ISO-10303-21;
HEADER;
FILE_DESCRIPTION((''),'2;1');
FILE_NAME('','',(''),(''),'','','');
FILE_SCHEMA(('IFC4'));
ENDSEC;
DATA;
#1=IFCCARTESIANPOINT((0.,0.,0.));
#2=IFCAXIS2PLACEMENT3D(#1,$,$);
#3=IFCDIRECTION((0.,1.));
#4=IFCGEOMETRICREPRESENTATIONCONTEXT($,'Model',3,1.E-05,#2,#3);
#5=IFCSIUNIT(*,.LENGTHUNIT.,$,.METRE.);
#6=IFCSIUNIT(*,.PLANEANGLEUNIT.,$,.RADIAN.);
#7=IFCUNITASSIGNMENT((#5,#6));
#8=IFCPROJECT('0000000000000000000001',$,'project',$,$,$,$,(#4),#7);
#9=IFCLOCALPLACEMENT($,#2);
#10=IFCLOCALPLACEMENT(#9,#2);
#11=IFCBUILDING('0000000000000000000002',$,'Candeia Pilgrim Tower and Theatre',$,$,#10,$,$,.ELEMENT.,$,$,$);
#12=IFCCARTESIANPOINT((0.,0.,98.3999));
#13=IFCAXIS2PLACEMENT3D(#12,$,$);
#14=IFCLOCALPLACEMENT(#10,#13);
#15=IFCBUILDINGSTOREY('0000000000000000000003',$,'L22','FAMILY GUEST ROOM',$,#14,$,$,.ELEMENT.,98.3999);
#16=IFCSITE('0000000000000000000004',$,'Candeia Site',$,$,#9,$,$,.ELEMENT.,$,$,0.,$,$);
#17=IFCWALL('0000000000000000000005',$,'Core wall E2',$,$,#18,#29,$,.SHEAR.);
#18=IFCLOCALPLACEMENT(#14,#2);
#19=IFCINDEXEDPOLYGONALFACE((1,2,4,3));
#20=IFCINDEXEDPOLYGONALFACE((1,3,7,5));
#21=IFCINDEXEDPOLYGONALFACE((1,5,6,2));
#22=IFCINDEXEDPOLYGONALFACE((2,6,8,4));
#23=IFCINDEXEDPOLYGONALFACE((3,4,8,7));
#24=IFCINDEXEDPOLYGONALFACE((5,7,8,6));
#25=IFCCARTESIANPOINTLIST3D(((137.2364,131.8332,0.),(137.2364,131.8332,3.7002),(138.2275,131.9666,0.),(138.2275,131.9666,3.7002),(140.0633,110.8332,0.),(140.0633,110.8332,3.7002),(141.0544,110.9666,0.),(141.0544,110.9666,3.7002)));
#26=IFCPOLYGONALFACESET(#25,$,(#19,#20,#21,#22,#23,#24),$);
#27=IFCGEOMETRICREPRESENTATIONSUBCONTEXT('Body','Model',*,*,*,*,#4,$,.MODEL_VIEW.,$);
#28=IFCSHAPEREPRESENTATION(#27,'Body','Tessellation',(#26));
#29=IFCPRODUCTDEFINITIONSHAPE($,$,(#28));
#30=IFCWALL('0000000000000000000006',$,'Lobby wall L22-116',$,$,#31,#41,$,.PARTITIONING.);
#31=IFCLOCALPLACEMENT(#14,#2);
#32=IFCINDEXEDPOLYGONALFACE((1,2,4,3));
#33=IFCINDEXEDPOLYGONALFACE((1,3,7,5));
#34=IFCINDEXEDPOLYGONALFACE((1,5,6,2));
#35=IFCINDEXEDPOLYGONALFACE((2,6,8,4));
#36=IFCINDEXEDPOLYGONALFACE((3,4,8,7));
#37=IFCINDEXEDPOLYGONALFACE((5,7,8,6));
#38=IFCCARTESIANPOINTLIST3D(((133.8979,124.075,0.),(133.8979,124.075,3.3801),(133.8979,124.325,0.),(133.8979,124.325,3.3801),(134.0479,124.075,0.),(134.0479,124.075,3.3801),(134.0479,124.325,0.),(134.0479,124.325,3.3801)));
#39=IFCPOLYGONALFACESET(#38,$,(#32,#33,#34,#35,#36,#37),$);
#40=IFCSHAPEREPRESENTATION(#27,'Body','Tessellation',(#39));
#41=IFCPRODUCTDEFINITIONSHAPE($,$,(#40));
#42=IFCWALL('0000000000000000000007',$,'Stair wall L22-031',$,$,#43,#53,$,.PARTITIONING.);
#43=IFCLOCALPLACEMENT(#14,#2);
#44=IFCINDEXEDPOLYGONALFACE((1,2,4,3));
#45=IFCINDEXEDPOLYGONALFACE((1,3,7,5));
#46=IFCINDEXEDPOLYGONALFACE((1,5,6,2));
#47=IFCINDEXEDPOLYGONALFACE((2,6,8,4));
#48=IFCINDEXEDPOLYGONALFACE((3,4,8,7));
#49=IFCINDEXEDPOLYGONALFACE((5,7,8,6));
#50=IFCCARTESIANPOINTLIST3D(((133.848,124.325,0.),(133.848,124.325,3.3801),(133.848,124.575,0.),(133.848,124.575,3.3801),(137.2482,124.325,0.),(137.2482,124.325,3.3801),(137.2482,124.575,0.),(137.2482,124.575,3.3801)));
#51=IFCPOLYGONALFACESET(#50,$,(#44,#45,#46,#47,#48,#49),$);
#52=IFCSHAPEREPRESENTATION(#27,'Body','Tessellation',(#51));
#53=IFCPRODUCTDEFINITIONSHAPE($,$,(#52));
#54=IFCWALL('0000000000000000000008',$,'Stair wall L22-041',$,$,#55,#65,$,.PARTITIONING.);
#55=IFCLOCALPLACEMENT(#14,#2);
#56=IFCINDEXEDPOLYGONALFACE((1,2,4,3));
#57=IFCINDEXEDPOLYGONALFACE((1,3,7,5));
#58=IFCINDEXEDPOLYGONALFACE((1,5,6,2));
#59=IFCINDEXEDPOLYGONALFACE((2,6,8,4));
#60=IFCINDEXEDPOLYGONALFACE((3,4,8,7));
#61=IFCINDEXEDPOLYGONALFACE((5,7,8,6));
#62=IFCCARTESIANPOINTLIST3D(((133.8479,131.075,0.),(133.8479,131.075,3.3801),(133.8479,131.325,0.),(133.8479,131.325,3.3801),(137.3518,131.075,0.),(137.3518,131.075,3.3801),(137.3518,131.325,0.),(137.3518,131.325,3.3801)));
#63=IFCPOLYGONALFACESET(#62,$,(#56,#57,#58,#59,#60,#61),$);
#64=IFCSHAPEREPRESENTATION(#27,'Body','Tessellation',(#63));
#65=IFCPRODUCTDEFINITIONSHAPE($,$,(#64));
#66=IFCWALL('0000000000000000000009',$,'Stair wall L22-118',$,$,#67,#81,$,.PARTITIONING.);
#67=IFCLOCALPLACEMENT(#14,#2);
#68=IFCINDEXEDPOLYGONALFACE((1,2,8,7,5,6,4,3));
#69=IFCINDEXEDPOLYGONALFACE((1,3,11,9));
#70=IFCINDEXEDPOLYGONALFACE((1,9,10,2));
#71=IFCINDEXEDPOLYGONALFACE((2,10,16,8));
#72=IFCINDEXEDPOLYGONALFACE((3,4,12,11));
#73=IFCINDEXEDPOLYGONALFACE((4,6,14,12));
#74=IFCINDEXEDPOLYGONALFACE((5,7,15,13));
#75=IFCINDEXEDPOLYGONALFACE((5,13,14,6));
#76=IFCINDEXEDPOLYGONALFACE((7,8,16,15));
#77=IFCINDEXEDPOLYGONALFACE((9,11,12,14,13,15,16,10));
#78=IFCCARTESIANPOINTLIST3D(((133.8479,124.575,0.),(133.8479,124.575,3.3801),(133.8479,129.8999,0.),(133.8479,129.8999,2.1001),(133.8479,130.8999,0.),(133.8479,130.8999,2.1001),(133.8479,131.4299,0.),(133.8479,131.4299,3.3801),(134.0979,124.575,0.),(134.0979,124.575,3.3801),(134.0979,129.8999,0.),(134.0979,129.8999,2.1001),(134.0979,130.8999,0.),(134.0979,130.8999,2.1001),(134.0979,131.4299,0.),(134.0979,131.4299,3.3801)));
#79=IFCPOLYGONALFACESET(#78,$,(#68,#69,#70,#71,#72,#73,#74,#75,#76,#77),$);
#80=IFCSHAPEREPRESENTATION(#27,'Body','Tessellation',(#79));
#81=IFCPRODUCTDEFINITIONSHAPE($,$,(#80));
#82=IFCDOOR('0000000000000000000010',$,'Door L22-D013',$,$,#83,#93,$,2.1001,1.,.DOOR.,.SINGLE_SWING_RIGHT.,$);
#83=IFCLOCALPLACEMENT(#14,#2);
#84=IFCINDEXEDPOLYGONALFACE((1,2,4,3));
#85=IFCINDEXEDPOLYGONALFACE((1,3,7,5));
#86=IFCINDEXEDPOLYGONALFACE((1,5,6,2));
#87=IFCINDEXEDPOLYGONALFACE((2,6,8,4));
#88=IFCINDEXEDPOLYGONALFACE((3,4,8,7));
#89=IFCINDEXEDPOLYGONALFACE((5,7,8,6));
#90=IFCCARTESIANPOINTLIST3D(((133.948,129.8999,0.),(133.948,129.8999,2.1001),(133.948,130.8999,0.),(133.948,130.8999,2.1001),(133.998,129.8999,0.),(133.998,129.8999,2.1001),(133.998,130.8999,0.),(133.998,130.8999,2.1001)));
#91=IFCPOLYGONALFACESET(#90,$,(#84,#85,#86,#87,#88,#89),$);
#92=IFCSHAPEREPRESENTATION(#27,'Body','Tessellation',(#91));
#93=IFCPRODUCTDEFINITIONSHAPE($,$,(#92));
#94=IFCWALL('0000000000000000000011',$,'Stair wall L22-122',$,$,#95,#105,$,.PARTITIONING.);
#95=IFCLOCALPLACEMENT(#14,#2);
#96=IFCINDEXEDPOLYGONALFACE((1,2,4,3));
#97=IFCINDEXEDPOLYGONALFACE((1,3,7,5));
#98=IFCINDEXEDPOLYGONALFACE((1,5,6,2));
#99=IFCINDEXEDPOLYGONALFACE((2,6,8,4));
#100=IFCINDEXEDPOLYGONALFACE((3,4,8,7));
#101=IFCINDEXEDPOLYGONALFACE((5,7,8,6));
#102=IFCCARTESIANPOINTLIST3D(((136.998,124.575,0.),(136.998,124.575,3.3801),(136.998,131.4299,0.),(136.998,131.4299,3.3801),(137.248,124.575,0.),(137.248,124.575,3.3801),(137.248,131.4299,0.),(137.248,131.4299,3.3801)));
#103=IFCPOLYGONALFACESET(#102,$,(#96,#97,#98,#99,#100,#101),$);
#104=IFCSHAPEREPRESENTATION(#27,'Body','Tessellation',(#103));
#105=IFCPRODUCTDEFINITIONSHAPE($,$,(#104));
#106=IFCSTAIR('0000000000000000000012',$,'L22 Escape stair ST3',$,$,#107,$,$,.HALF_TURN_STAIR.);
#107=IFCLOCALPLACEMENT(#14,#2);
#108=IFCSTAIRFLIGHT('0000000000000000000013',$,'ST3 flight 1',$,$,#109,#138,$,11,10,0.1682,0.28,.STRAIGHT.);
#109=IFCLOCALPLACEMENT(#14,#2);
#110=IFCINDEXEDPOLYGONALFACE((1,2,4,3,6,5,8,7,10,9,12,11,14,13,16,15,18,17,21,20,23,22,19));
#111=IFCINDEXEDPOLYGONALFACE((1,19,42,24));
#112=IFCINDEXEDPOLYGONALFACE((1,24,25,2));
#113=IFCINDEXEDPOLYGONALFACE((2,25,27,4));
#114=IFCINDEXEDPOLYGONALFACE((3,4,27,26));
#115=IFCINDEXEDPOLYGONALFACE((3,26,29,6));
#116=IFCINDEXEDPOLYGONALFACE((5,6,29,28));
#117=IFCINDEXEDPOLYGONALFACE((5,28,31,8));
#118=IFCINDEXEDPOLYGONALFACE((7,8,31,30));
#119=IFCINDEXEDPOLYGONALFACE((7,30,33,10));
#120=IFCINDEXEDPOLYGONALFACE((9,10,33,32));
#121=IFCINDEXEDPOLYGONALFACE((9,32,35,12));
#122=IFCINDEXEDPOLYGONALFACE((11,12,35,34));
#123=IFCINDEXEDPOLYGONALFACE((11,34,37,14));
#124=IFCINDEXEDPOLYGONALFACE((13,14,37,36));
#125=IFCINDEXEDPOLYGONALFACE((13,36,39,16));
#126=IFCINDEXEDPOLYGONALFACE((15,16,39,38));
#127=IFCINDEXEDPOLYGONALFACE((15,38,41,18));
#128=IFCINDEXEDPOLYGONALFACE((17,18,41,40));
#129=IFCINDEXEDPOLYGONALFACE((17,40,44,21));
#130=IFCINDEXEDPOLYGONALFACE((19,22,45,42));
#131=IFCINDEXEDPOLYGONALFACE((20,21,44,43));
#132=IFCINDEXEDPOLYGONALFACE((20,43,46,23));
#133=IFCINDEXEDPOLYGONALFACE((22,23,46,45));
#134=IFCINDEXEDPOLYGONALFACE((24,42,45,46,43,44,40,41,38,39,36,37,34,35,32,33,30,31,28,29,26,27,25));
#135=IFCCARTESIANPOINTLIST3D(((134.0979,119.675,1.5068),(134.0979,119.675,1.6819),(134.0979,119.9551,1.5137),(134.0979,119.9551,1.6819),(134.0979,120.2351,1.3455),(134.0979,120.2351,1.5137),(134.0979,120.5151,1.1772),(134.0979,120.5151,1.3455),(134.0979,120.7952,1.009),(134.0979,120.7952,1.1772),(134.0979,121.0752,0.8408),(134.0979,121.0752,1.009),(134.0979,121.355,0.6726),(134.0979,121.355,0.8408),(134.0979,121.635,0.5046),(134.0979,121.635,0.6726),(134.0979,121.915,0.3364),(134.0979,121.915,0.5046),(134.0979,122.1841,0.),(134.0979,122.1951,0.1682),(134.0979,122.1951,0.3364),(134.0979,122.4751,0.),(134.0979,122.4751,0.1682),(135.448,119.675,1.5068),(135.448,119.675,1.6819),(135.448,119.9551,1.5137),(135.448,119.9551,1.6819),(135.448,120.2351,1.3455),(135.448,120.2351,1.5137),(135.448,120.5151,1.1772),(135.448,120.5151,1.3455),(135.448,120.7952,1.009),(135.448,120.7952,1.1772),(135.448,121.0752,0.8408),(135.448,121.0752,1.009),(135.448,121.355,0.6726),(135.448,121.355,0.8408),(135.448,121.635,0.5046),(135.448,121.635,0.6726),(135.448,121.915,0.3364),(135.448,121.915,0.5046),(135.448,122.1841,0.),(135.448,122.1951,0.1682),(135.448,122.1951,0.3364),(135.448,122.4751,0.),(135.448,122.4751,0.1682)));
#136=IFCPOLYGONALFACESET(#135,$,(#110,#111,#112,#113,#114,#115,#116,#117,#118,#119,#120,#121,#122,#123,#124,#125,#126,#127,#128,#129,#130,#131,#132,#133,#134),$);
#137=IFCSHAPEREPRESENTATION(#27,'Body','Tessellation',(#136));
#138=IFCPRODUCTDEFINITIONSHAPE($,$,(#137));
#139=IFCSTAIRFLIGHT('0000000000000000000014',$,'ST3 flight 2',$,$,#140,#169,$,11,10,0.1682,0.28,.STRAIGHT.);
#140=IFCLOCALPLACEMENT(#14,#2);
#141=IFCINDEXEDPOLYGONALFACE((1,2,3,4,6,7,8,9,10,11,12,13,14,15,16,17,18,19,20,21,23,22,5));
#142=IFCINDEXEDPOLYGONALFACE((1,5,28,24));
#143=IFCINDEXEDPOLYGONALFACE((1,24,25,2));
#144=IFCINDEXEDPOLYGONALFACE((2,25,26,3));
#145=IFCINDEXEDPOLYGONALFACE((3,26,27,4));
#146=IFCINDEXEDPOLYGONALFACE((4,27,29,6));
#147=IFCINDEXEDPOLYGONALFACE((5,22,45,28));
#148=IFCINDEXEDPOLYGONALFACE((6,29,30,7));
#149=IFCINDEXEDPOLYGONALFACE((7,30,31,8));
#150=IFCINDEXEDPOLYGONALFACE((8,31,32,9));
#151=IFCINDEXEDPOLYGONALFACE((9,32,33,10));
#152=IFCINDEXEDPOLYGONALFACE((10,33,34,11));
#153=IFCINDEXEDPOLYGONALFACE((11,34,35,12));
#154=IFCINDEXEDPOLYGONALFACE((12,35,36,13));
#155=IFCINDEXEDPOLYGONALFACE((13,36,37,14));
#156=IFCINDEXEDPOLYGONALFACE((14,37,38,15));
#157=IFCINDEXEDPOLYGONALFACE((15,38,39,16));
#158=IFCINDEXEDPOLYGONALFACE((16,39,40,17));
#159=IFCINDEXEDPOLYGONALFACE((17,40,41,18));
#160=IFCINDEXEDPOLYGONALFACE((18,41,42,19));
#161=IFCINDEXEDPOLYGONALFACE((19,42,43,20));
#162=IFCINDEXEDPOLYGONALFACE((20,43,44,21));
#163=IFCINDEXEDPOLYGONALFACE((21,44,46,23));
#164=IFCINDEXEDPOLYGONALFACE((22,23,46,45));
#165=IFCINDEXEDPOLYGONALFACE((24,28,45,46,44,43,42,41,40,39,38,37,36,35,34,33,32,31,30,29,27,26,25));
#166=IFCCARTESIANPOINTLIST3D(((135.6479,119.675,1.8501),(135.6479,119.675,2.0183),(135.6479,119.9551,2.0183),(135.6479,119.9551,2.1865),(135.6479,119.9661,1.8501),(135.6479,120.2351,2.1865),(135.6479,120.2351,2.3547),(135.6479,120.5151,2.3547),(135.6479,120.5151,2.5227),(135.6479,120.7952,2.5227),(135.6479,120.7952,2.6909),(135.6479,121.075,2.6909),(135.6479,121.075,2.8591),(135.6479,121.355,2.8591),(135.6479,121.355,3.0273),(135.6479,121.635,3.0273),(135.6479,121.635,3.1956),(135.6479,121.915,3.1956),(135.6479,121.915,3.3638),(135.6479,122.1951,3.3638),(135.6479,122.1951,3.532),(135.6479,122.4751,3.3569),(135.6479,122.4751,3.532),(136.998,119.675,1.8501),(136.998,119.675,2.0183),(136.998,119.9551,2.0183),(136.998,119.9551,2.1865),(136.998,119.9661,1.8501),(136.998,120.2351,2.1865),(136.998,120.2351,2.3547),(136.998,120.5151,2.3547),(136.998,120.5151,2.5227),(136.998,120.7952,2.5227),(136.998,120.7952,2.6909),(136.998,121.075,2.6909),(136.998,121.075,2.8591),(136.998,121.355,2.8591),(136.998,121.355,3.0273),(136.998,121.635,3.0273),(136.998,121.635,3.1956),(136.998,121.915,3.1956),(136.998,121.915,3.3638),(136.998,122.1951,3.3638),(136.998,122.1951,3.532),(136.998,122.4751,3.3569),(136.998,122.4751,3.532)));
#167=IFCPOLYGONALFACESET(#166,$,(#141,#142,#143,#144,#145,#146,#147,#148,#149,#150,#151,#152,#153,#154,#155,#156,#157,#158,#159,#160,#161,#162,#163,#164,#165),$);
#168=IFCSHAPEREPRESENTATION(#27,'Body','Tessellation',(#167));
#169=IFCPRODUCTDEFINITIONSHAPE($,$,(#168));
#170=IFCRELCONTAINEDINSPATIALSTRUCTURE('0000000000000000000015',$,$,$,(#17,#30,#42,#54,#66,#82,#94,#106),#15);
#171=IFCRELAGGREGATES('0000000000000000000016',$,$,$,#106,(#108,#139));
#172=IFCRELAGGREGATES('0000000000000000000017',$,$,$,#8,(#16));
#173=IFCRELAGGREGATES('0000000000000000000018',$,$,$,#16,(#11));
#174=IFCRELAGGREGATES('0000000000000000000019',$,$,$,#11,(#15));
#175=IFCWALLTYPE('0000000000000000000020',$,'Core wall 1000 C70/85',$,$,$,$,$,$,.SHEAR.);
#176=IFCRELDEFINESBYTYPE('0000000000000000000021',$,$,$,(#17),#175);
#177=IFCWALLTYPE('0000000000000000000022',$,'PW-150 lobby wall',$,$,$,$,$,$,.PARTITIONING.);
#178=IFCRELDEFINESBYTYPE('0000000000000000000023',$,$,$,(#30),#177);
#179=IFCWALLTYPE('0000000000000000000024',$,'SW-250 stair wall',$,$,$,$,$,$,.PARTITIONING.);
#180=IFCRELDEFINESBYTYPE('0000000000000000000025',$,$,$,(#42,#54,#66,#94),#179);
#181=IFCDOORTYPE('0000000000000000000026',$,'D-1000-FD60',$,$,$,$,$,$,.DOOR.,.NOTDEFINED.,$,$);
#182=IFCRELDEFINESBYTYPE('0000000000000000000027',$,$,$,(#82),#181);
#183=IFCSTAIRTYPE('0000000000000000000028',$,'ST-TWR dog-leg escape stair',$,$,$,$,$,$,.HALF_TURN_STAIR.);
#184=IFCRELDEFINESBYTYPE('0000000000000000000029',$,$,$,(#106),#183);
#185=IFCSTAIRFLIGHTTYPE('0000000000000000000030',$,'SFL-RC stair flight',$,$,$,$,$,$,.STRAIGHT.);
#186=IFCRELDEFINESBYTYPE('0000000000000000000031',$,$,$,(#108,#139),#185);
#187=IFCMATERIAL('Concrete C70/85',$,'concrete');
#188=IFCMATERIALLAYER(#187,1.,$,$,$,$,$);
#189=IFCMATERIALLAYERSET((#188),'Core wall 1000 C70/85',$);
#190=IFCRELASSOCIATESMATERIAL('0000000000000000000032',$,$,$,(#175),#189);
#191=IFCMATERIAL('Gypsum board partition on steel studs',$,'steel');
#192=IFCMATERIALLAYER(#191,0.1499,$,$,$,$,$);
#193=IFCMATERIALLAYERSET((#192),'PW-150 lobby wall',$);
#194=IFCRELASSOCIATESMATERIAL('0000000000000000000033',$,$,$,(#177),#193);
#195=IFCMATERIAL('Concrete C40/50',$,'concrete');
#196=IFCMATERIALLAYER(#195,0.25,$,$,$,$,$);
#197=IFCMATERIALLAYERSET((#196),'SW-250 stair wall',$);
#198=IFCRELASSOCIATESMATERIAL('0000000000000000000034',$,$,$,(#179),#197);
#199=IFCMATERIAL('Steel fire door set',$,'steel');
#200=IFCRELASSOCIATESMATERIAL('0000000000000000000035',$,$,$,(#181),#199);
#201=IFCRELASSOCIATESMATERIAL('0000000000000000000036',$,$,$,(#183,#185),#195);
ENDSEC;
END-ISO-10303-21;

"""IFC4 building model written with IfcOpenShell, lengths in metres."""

from ifc_helpers import new_model, si_unit, direction, frame, frame_2d, origin, place, context, subcontext, project, spatial, polyline, rectangle, outline, extrude, material, layer, layer_set, type_object, element, fill, aggregate, save


model = new_model("IFC4")

# Units and contexts
model_context = context("Model", 3, precision=1e-05, world=origin(), true_north=direction((0.0, 1.0)))
body_context = subcontext(model_context, "Body", "Model", "MODEL_VIEW")
ifc_project = project(units=[si_unit("LENGTHUNIT", "METRE"), si_unit("PLANEANGLEUNIT", "RADIAN")], contexts=[model_context])

# Site, building, storey
site_placement = place(None, origin())
site = spatial("IfcSite", under=ifc_project, at=site_placement, Name="Candeia Site", CompositionType="ELEMENT", RefElevation=0.0)
building_placement = place(site_placement, origin())
building = spatial("IfcBuilding", under=site, at=building_placement, Name="Candeia Pilgrim Tower and Theatre", CompositionType="ELEMENT")
storey_placement = place(building_placement, frame((0.0, 0.0, 98.3999)))
storey = spatial("IfcBuildingStorey", under=building, at=storey_placement, Name="L22", Description="FAMILY GUEST ROOM", CompositionType="ELEMENT", Elevation=98.3999)

# Walls
ifc_material_1 = material(Name="Concrete C70/85", Category="concrete")
ifc_layer_1 = layer(ifc_material_1, 1.0)
ifc_layer_set_1 = layer_set([ifc_layer_1], Name="Core wall 1000 C70/85")
wall_type_1 = type_object("IfcWallType", Name="Core wall 1000 C70/85", PredefinedType="SHEAR", material=ifc_layer_set_1)
wall_1_placement = place(storey_placement, frame((137.7319, 131.8999, 0.0), z_axis=(0.0, 0.0, 1.0), x_axis=(0.133411, -0.991061, 0.0)))
element("IfcWall", 1, at=wall_1_placement, inside=storey, type_object=wall_type_1, Name="Core wall E2", PredefinedType="SHEAR", context=body_context, shape_type="SweptSolid", body=[
    extrude(rectangle(XDim=21.1895, YDim=1.0, at=frame_2d((10.5947, 0.0))), origin(), (0.0, 0.0, 1.0), 3.7002),
])
ifc_material_2 = material(Name="Gypsum board partition on steel studs", Category="steel")
ifc_layer_2 = layer(ifc_material_2, 0.1499)
ifc_layer_set_2 = layer_set([ifc_layer_2], Name="PW-150 lobby wall")
wall_type_2 = type_object("IfcWallType", Name="PW-150 lobby wall", PredefinedType="PARTITIONING", material=ifc_layer_set_2)
wall_2_placement = place(storey_placement, frame((133.9729, 124.075, 0.0), z_axis=(0.0, 0.0, 1.0), x_axis=(0.0, 1.0, 0.0)))
element("IfcWall", 2, at=wall_2_placement, inside=storey, type_object=wall_type_2, Name="Lobby wall L22-116", PredefinedType="PARTITIONING", context=body_context, shape_type="SweptSolid", body=[
    extrude(rectangle(XDim=0.25, YDim=0.1499, at=frame_2d((0.125, 0.0))), origin(), (0.0, 0.0, 1.0), 3.3801),
])
ifc_material_3 = material(Name="Concrete C40/50", Category="concrete")
ifc_layer_3 = layer(ifc_material_3, 0.25)
ifc_layer_set_3 = layer_set([ifc_layer_3], Name="SW-250 stair wall")
wall_type_3 = type_object("IfcWallType", Name="SW-250 stair wall", PredefinedType="PARTITIONING", material=ifc_layer_set_3)
wall_3_placement = place(storey_placement, frame((133.8479, 124.45, 0.0), z_axis=(0.0, 0.0, 1.0), x_axis=(1.0, 0.0, 0.0)))
element("IfcWall", 3, at=wall_3_placement, inside=storey, type_object=wall_type_3, Name="Stair wall L22-031", PredefinedType="PARTITIONING", context=body_context, shape_type="SweptSolid", body=[
    extrude(rectangle(XDim=3.4001, YDim=0.25, at=frame_2d((1.7002, 0.0))), origin(), (0.0, 0.0, 1.0), 3.3801),
])
wall_4_placement = place(storey_placement, frame((133.8479, 131.2, 0.0), z_axis=(0.0, 0.0, 1.0), x_axis=(1.0, 0.0, 0.0)))
element("IfcWall", 4, at=wall_4_placement, inside=storey, type_object=wall_type_3, Name="Stair wall L22-041", PredefinedType="PARTITIONING", context=body_context, shape_type="SweptSolid", body=[
    extrude(rectangle(XDim=3.5039, YDim=0.25, at=frame_2d((1.752, 0.0))), origin(), (0.0, 0.0, 1.0), 3.3801),
])

# Wall, opening, door
wall_5_placement = place(storey_placement, frame((133.9729, 124.575, 0.0), z_axis=(0.0, 0.0, 1.0), x_axis=(0.0, 1.0, 0.0)))
wall_5 = element("IfcWall", 5, at=wall_5_placement, inside=storey, type_object=wall_type_3, Name="Stair wall L22-118", PredefinedType="PARTITIONING", context=body_context, shape_type="SweptSolid", body=[
    extrude(rectangle(XDim=6.855, YDim=0.25, at=frame_2d((3.4275, 0.0))), origin(), (0.0, 0.0, 1.0), 3.3801),
])
opening_placement = place(wall_5_placement, frame((5.325, 0.0, 0.0)))
opening = element("IfcOpeningElement", 6, at=opening_placement, cuts=wall_5, PredefinedType="OPENING", context=body_context, shape_type="SweptSolid", body=[
    extrude(rectangle(XDim=1.0, YDim=2.1001, at=frame_2d((0.5, 1.05))), frame((0.0, 0.135, 0.0), z_axis=(0.0, -1.0, 0.0), x_axis=(1.0, 0.0, 0.0)), (0.0, 0.0, 1.0), 0.27),
])
ifc_material_4 = material(Name="Steel fire door set", Category="steel")
door_type = type_object("IfcDoorType", Name="D-1000-FD60", OperationType="NOTDEFINED", PredefinedType="DOOR", material=ifc_material_4)
door_placement = place(opening_placement, origin())
door = element("IfcDoor", 7, at=door_placement, inside=storey, type_object=door_type, Name="Door L22-D013", OperationType="SINGLE_SWING_RIGHT", OverallHeight=2.1001, OverallWidth=1.0, PredefinedType="DOOR", context=body_context, shape_type="SweptSolid", body=[
    extrude(rectangle(XDim=1.0, YDim=2.1001, at=frame_2d((0.5, 1.05))), frame((0.0, 0.0249, 0.0), z_axis=(0.0, -1.0, 0.0), x_axis=(1.0, 0.0, 0.0)), (0.0, 0.0, 1.0), 0.05),
])
fill(opening, door)

# Wall
wall_6_placement = place(storey_placement, frame((137.123, 124.575, 0.0), z_axis=(0.0, 0.0, 1.0), x_axis=(0.0, 1.0, 0.0)))
element("IfcWall", 8, at=wall_6_placement, inside=storey, type_object=wall_type_3, Name="Stair wall L22-122", PredefinedType="PARTITIONING", context=body_context, shape_type="SweptSolid", body=[
    extrude(rectangle(XDim=6.855, YDim=0.25, at=frame_2d((3.4275, 0.0))), origin(), (0.0, 0.0, 1.0), 3.3801),
])

# Stair, stair flights
stair_type = type_object("IfcStairType", Name="ST-TWR dog-leg escape stair", PredefinedType="HALF_TURN_STAIR", material=ifc_material_3)
stair_1_placement = place(storey_placement, origin())
stair_1 = element("IfcStair", 9, at=stair_1_placement, inside=storey, type_object=stair_type, Name="L22 Escape stair ST3", PredefinedType="HALF_TURN_STAIR")
stair_flight_type = type_object("IfcStairFlightType", Name="SFL-RC stair flight", PredefinedType="STRAIGHT", material=ifc_material_3)
stair_flight_1_placement = place(storey_placement, frame((134.7729, 122.4751, 0.0), z_axis=(0.0, 0.0, 1.0), x_axis=(0.0, -1.0, 0.0)))
stair_flight_1 = element("IfcStairFlight", 10, at=stair_flight_1_placement, type_object=stair_flight_type, Name="ST3 flight 1", NumberOfRisers=11, NumberOfTreads=10, PredefinedType="STRAIGHT", RiserHeight=0.1682, TreadLength=0.28, context=body_context, shape_type="SweptSolid", body=[
    extrude(outline(polyline([(0.0, 0.0), (0.0, 0.1682), (0.28, 0.1682), (0.28, 0.3364), (0.5601, 0.3364), (0.5601, 0.5046), (0.8401, 0.5046), (0.8401, 0.6726), (1.1201, 0.6726), (1.1201, 0.8408), (1.3999, 0.8408), (1.3999, 1.009), (1.6799, 1.009), (1.6799, 1.1772), (1.96, 1.1772), (1.96, 1.3455), (2.24, 1.3455), (2.24, 1.5137), (2.52, 1.5137), (2.52, 1.6819), (2.8, 1.6819), (2.8, 1.8501), (2.8, 1.5068), (0.291, 0.0), (0.0, 0.0)])), frame((0.0, 0.675, 0.0), z_axis=(0.0, -1.0, 0.0), x_axis=(1.0, 0.0, 0.0)), (0.0, 0.0, 1.0), 1.3501),
])
stair_flight_2_placement = place(storey_placement, frame((136.323, 119.675, 1.8501), z_axis=(0.0, 0.0, 1.0), x_axis=(0.0, 1.0, 0.0)))
stair_flight_2 = element("IfcStairFlight", 11, at=stair_flight_2_placement, type_object=stair_flight_type, Name="ST3 flight 2", NumberOfRisers=11, NumberOfTreads=10, PredefinedType="STRAIGHT", RiserHeight=0.1682, TreadLength=0.28, context=body_context, shape_type="SweptSolid", body=[
    extrude(outline(polyline([(0.0, 0.0), (0.0, 0.1682), (0.28, 0.1682), (0.28, 0.3364), (0.5601, 0.3364), (0.5601, 0.5046), (0.8401, 0.5046), (0.8401, 0.6726), (1.1201, 0.6726), (1.1201, 0.8408), (1.3999, 0.8408), (1.3999, 1.009), (1.6799, 1.009), (1.6799, 1.1772), (1.96, 1.1772), (1.96, 1.3455), (2.24, 1.3455), (2.24, 1.5137), (2.52, 1.5137), (2.52, 1.6819), (2.8, 1.6819), (2.8, 1.8501), (2.8, 1.5068), (0.291, 0.0), (0.0, 0.0)])), frame((0.0, 0.675, 0.0), z_axis=(0.0, -1.0, 0.0), x_axis=(1.0, 0.0, 0.0)), (0.0, 0.0, 1.0), 1.3501),
])
aggregate(stair_1, [stair_flight_1, stair_flight_2])

save(model, "model.ifc")
